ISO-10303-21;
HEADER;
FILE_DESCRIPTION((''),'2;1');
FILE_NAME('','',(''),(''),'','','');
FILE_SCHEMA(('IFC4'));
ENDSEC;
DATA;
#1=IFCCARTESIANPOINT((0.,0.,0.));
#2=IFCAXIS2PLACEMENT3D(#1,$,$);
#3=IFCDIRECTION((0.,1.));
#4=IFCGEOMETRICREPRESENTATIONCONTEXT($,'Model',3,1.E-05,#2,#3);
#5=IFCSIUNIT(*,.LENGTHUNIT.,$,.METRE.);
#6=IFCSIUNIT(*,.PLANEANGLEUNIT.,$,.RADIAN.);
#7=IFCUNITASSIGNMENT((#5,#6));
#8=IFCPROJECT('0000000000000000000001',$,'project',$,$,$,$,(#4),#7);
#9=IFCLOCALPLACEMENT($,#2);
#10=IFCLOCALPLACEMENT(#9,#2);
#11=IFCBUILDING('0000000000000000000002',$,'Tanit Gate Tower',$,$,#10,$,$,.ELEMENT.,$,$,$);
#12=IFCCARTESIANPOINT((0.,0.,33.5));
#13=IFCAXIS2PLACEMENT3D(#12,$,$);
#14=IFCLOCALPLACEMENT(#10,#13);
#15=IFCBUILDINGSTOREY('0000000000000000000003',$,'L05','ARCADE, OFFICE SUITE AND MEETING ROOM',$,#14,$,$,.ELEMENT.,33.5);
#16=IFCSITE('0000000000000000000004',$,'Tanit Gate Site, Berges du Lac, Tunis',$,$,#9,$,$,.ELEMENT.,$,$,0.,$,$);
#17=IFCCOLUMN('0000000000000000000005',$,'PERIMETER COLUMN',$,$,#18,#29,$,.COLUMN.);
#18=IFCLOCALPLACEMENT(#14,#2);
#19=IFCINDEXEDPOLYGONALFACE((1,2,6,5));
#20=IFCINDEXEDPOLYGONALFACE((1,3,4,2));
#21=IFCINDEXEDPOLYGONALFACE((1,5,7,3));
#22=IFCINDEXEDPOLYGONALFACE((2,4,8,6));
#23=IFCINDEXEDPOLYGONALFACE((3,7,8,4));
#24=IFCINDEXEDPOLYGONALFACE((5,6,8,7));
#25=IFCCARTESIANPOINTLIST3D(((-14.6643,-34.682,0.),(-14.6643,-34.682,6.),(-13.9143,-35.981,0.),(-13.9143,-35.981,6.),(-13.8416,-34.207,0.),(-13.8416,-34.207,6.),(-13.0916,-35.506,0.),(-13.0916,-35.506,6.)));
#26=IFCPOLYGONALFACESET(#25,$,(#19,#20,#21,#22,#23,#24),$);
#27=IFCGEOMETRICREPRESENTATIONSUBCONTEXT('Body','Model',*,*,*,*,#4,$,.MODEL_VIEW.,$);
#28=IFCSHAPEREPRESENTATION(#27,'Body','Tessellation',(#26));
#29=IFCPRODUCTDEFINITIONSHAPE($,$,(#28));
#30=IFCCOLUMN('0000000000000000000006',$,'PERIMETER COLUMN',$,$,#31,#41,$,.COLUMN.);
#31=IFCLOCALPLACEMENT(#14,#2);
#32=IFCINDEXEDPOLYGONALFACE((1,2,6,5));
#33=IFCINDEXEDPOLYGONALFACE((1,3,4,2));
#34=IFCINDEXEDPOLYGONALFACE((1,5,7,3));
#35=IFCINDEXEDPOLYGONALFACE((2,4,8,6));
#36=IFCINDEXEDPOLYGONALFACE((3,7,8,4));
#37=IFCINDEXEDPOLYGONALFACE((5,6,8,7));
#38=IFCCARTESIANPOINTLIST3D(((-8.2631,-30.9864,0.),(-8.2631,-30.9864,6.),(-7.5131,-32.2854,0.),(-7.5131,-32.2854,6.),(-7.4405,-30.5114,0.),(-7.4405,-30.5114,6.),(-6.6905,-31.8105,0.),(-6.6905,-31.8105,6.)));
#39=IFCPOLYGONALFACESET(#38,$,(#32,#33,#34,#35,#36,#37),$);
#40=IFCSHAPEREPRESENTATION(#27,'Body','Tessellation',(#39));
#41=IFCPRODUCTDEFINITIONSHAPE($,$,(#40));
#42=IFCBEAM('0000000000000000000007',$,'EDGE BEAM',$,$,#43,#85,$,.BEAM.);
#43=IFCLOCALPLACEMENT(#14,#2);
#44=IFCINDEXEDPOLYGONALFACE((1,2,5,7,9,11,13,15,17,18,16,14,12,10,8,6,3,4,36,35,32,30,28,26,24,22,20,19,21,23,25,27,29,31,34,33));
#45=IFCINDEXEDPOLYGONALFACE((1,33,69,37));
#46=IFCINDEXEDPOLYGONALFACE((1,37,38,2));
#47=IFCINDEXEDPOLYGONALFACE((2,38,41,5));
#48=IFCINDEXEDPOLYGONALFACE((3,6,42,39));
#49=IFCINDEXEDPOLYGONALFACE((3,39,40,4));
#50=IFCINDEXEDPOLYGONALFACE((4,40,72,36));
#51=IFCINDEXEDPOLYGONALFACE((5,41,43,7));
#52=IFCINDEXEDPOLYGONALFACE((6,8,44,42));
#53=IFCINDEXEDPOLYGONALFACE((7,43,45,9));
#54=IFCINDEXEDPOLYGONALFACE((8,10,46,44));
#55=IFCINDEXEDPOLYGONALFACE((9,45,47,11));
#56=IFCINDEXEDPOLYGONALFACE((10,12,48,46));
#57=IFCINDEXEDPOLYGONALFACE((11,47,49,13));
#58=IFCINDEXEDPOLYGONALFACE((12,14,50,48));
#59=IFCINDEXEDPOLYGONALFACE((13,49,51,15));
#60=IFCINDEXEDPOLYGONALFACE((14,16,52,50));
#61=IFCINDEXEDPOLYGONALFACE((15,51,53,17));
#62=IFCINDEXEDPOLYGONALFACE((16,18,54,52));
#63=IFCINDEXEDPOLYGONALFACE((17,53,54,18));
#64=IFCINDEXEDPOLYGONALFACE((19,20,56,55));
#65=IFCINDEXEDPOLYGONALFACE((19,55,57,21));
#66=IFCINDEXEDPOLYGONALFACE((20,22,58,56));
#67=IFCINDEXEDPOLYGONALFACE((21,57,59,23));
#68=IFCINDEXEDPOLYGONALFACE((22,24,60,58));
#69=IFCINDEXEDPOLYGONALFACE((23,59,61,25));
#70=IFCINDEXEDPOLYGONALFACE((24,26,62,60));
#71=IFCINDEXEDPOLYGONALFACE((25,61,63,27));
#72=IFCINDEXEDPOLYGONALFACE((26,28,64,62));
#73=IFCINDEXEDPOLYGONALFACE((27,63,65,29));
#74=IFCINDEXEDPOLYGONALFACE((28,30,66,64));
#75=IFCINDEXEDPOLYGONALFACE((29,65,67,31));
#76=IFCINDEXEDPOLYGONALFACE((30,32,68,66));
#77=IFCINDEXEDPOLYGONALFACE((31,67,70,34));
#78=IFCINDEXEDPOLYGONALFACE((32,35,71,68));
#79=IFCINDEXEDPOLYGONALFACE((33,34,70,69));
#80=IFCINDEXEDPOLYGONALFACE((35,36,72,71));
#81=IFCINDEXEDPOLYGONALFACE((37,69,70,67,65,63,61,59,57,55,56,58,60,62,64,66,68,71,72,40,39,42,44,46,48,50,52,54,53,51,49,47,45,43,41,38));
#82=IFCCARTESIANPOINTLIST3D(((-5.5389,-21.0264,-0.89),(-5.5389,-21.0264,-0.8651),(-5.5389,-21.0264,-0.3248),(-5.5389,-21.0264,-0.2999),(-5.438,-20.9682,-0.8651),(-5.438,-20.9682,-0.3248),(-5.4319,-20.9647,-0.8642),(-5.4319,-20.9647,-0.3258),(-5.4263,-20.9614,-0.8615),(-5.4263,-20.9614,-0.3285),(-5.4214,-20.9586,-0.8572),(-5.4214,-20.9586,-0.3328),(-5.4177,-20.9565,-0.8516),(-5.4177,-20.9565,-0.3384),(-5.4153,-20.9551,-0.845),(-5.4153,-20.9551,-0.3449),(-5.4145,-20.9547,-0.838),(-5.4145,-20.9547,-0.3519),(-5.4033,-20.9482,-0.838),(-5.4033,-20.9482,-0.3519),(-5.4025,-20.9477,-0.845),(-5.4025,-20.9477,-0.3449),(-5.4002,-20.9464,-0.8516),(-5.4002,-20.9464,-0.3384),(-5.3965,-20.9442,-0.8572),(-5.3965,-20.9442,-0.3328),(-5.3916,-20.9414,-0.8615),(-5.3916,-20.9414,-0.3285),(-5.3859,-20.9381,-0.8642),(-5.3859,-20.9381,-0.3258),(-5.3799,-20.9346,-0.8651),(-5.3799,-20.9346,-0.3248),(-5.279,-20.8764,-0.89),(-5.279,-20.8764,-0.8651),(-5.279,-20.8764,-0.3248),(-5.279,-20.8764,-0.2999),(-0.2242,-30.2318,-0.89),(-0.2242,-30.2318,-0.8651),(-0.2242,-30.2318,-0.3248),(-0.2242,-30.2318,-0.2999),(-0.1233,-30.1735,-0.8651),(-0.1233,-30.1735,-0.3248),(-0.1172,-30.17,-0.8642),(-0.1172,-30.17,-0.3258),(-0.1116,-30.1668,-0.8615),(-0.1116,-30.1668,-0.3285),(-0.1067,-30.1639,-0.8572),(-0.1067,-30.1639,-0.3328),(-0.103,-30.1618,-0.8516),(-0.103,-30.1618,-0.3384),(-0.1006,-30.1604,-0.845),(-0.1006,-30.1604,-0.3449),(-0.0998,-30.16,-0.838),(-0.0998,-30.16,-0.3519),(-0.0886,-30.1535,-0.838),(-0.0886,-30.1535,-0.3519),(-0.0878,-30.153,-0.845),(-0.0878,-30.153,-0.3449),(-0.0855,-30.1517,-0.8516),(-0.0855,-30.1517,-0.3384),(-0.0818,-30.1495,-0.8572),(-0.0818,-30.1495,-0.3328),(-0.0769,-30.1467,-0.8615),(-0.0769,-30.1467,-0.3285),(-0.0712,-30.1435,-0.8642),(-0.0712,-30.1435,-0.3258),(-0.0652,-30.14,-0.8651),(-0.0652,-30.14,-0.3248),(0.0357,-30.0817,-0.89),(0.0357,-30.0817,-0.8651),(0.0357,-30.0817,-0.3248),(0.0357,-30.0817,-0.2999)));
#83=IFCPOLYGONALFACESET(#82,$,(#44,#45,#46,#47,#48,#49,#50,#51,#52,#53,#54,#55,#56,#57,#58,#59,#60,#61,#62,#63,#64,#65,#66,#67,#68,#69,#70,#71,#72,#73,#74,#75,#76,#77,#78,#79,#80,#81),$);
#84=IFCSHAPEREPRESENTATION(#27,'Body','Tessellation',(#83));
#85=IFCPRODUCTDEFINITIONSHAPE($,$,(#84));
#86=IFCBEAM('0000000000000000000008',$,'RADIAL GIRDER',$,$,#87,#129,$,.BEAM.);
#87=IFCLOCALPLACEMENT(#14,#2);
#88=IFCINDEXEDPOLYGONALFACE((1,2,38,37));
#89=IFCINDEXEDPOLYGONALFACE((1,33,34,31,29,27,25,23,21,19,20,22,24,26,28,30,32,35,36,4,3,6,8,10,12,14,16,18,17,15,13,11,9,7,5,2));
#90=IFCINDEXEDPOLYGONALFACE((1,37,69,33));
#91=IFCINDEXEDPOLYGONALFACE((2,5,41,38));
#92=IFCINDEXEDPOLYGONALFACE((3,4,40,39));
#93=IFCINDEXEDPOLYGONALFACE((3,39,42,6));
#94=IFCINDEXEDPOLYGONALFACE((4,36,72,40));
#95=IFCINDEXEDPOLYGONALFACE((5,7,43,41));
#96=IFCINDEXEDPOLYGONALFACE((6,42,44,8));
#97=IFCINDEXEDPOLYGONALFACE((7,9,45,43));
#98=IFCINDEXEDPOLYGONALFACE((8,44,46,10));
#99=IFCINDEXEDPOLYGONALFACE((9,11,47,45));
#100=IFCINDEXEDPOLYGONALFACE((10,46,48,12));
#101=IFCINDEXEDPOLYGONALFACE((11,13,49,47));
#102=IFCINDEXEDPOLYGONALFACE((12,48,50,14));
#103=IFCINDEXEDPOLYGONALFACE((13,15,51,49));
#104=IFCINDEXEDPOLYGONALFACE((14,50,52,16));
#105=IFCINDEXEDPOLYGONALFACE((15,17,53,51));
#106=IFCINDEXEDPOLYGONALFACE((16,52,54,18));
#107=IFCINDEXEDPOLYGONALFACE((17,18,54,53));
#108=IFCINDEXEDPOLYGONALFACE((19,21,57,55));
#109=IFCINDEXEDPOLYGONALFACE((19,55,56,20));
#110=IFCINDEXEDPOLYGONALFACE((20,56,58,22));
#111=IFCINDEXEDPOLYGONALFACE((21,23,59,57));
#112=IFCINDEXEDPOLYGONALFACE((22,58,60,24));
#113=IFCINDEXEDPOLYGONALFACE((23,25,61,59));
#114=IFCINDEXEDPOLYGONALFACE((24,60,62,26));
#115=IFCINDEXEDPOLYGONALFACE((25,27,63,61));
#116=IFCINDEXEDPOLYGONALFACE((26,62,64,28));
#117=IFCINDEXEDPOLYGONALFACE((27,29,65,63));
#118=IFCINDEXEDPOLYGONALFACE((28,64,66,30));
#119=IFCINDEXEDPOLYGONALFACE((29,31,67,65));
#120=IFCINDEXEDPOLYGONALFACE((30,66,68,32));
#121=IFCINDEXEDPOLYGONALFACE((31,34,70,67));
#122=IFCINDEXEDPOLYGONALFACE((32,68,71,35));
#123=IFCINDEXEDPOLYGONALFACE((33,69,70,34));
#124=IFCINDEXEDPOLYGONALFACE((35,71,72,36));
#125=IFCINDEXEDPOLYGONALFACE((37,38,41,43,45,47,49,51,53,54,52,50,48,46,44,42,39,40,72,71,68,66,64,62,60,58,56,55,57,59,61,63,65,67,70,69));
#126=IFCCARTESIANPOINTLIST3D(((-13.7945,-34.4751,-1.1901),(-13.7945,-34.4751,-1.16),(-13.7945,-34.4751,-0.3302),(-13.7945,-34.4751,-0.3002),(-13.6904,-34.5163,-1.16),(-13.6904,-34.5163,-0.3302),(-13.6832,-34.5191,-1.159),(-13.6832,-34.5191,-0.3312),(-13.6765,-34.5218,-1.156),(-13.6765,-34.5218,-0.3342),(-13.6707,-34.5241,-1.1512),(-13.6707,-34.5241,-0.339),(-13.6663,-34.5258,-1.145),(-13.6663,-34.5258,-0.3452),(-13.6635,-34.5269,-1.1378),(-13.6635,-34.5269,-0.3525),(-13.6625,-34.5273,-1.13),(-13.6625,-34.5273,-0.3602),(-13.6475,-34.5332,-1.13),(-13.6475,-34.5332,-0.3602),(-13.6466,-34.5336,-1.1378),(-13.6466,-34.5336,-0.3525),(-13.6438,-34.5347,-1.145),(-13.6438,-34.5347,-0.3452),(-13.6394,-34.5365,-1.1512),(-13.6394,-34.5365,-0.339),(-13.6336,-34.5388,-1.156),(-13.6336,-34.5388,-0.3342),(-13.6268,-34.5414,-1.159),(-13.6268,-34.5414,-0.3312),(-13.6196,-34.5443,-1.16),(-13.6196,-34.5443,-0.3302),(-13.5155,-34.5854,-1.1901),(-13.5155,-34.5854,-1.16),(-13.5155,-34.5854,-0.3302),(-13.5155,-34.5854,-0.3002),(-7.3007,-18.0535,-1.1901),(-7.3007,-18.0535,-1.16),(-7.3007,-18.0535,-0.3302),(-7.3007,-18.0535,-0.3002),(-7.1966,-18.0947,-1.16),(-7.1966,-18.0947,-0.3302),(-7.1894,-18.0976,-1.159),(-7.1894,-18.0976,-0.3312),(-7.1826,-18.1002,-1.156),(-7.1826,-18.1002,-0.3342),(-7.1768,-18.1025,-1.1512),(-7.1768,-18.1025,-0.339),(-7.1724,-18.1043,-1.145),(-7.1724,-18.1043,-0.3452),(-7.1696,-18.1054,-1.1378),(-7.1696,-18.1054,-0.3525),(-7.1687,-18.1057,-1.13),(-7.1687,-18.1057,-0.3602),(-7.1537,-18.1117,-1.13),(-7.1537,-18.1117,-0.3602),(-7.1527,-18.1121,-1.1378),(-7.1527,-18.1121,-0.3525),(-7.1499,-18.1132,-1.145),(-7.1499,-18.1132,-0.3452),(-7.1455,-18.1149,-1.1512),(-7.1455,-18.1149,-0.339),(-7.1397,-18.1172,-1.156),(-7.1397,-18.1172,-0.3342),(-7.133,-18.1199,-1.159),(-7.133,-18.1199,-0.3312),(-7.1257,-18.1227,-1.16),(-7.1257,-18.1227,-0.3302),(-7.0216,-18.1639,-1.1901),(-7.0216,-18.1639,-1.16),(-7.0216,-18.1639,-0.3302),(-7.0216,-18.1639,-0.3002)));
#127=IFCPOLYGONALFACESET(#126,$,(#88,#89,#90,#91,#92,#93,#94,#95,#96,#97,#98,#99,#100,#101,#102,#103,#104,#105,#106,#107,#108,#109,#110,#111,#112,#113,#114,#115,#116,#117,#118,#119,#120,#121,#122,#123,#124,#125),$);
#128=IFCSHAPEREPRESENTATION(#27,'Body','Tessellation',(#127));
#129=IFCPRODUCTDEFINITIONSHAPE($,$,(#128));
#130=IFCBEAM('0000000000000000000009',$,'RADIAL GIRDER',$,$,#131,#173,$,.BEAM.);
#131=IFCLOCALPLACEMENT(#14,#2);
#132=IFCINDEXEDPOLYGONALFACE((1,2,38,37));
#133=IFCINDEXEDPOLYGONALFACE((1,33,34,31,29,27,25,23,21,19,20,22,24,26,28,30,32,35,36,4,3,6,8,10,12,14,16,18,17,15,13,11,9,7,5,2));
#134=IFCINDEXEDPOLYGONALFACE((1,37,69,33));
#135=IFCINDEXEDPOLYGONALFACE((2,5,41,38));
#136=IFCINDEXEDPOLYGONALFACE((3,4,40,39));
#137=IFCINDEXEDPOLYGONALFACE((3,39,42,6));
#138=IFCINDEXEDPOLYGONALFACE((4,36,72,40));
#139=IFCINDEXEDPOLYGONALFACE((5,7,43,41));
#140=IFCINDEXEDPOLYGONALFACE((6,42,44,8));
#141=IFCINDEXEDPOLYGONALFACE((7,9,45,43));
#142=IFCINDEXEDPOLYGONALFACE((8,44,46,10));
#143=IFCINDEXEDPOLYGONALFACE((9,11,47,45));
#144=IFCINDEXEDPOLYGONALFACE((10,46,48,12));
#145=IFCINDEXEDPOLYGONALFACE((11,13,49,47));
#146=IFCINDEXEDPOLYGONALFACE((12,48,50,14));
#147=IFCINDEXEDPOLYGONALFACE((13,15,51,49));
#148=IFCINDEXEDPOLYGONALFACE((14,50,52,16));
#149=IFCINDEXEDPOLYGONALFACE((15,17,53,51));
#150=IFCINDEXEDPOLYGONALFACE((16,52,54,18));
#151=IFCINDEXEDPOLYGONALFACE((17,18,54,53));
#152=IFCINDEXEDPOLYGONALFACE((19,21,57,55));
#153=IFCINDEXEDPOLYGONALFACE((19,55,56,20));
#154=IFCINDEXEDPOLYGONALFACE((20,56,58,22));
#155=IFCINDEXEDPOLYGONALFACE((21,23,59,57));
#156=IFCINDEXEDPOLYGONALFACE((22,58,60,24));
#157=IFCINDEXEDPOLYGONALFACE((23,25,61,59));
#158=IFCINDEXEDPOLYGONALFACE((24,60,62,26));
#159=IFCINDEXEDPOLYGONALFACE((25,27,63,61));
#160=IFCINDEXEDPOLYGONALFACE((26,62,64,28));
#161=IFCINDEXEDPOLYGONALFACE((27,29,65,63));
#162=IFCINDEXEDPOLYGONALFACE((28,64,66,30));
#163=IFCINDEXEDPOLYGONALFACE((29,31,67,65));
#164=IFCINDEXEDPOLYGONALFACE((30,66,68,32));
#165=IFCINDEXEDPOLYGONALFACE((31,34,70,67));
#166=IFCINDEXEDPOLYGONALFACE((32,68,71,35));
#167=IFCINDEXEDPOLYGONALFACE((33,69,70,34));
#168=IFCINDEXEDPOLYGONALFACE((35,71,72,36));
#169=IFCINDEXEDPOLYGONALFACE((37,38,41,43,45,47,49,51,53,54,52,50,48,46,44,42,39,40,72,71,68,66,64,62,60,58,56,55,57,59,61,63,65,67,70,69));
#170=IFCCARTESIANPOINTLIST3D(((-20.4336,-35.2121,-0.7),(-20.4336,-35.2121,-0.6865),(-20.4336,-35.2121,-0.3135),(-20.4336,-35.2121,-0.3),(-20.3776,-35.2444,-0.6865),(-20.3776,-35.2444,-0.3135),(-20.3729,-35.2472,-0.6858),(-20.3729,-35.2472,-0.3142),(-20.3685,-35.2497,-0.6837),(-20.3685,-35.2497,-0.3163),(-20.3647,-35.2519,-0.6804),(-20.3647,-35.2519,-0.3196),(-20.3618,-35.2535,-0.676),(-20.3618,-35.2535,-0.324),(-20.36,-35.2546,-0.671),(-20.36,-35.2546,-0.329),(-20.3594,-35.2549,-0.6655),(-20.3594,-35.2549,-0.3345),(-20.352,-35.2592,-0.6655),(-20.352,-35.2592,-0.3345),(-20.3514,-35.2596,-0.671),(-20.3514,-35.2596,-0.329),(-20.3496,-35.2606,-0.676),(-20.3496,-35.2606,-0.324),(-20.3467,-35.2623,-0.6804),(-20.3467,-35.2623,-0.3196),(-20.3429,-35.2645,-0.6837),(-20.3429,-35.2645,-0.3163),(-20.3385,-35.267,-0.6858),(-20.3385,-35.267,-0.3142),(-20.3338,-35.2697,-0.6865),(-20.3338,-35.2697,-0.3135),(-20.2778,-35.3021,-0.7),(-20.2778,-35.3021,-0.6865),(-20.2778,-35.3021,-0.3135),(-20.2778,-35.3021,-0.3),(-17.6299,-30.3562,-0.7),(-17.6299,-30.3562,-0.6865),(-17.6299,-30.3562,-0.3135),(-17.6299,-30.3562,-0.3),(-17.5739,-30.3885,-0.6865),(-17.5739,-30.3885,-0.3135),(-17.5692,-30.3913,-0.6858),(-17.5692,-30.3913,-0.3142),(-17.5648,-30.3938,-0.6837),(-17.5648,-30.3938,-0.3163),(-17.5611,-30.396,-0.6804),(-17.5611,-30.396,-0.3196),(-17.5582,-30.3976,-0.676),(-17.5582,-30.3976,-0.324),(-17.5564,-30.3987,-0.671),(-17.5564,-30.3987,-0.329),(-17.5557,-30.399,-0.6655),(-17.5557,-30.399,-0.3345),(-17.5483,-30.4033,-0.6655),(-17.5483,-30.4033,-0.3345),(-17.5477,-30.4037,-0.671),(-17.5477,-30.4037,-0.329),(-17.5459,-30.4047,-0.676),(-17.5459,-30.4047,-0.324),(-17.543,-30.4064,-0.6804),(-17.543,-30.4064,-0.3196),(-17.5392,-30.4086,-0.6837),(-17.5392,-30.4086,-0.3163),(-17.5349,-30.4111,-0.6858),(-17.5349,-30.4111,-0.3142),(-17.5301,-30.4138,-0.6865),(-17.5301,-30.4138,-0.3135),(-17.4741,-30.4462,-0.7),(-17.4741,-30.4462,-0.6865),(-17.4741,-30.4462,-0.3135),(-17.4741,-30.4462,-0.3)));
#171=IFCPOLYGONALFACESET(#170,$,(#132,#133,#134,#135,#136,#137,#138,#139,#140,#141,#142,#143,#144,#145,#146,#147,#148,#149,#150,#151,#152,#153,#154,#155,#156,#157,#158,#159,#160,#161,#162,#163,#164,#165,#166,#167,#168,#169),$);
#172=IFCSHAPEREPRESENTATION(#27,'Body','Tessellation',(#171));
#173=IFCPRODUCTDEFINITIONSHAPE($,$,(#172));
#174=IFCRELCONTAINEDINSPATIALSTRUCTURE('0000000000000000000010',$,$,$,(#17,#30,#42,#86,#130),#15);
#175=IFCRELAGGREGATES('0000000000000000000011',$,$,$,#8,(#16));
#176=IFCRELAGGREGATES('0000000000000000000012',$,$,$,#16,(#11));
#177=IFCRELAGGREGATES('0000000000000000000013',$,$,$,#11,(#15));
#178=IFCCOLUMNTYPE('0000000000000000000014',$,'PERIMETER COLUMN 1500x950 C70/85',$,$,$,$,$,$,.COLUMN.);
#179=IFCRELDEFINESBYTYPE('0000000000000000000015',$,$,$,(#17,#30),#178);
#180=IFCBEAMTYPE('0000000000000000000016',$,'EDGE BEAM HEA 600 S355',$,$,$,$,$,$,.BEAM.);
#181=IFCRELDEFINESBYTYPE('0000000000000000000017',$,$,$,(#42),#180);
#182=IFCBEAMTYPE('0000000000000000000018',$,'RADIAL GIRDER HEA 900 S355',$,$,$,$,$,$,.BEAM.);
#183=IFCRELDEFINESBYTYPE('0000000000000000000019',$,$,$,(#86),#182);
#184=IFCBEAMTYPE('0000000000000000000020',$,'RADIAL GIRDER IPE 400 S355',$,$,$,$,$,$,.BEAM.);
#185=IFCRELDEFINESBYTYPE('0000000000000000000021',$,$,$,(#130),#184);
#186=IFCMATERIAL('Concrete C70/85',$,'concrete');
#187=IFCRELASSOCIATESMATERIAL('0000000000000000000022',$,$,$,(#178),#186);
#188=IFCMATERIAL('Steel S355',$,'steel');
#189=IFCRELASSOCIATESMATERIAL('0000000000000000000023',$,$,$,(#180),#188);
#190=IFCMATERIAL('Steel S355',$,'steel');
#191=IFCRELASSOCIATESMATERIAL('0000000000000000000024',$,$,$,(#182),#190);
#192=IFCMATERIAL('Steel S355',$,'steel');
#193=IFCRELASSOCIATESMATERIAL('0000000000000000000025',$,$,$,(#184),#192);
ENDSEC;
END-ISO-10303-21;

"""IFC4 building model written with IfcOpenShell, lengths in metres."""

from ifc_helpers import new_model, si_unit, direction, frame, origin, origin_2d, place, context, subcontext, project, spatial, rectangle, i_section, extrude, material, material_profile, profile_set, type_object, element, save


model = new_model("IFC4")

# Units and contexts
model_context = context("Model", 3, precision=1e-05, world=origin(), true_north=direction((0.0, 1.0)))
body_context = subcontext(model_context, "Body", "Model", "MODEL_VIEW")
ifc_project = project(units=[si_unit("LENGTHUNIT", "METRE"), si_unit("PLANEANGLEUNIT", "RADIAN")], contexts=[model_context])

# Site, building, storey
site_placement = place(None, origin())
site = spatial("IfcSite", under=ifc_project, at=site_placement, Name="Tanit Gate Site, Berges du Lac, Tunis", CompositionType="ELEMENT", RefElevation=0.0)
building_placement = place(site_placement, origin())
building = spatial("IfcBuilding", under=site, at=building_placement, Name="Tanit Gate Tower", CompositionType="ELEMENT")
storey_placement = place(building_placement, frame((0.0, 0.0, 33.5)))
storey = spatial("IfcBuildingStorey", under=building, at=storey_placement, Name="L05", Description="ARCADE, OFFICE SUITE AND MEETING ROOM", CompositionType="ELEMENT", Elevation=33.5)

# Columns
ifc_material_1 = material(Name="Concrete C70/85", Category="concrete")
ifc_material_profile_1 = material_profile(ifc_material_1, rectangle(XDim=1.5, YDim=0.95, at=origin_2d()), Name="RC 1500x950")
ifc_profile_set_1 = profile_set([ifc_material_profile_1], Name="Concrete C70/85")
column_type = type_object("IfcColumnType", Name="PERIMETER COLUMN 1500x950 C70/85", PredefinedType="COLUMN", material=ifc_profile_set_1)
for number, where, z_axis, x_axis, name in (
    (1, (-13.8779, -35.094, 0.0), (0.0, 0.0, 1.0), (0.5, -0.866025, 0.0), "PERIMETER COLUMN"),
    (2, (-7.4768, -31.3984, 0.0), (0.0, 0.0, 1.0), (0.5, -0.866025, 0.0), "PERIMETER COLUMN"),
):
    element("IfcColumn", number, at=place(storey_placement, frame(where, z_axis=z_axis, x_axis=x_axis)), inside=storey, type_object=column_type, Name=name, PredefinedType="COLUMN", context=body_context, shape_type="SweptSolid", body=[
        extrude(rectangle(XDim=1.5, YDim=0.95, at=origin_2d()), origin(), (0.0, 0.0, 1.0), 6.0),
    ])

# Beams
ifc_material_2 = material(Name="Steel S355", Category="steel")
ifc_material_profile_2 = material_profile(ifc_material_2, i_section(OverallWidth=0.3, OverallDepth=0.5901, WebThickness=0.0129, FlangeThickness=0.0249, FilletRadius=0.0271, at=origin_2d()), Name="HEA 600")
ifc_profile_set_2 = profile_set([ifc_material_profile_2], Name="Steel S355")
beam_type_1 = type_object("IfcBeamType", Name="EDGE BEAM HEA 600 S355", PredefinedType="BEAM", material=ifc_profile_set_2)
beam_1_placement = place(storey_placement, frame((-5.4089, -20.9514, -0.595), z_axis=(0.5, -0.866025, 0.0), x_axis=(0.866025, 0.5, 0.0)))
element("IfcBeam", 3, at=beam_1_placement, inside=storey, type_object=beam_type_1, Name="EDGE BEAM", PredefinedType="BEAM", context=body_context, shape_type="SweptSolid", body=[
    extrude(i_section(OverallWidth=0.3, OverallDepth=0.5901, WebThickness=0.0129, FlangeThickness=0.0249, FilletRadius=0.0271, at=origin_2d()), origin(), (0.0, 0.0, 1.0), 10.6294),
])
ifc_material_3 = material(Name="Steel S355", Category="steel")
ifc_material_profile_3 = material_profile(ifc_material_3, i_section(OverallWidth=0.3, OverallDepth=0.8899, WebThickness=0.0161, FlangeThickness=0.03, FilletRadius=0.03, at=origin_2d()), Name="HEA 900")
ifc_profile_set_3 = profile_set([ifc_material_profile_3], Name="Steel S355")
beam_type_2 = type_object("IfcBeamType", Name="RADIAL GIRDER HEA 900 S355", PredefinedType="BEAM", material=ifc_profile_set_3)
beam_2_placement = place(storey_placement, frame((-13.655, -34.5303, -0.7451), z_axis=(0.367738, 0.929929, 0.0), x_axis=(-0.929929, 0.367738, 0.0)))
element("IfcBeam", 4, at=beam_2_placement, inside=storey, type_object=beam_type_2, Name="RADIAL GIRDER", PredefinedType="BEAM", context=body_context, shape_type="SweptSolid", body=[
    extrude(i_section(OverallWidth=0.3, OverallDepth=0.8899, WebThickness=0.0161, FlangeThickness=0.03, FilletRadius=0.03, at=origin_2d()), origin(), (0.0, 0.0, 1.0), 17.6589),
])
ifc_material_4 = material(Name="Steel S355", Category="steel")
ifc_material_profile_4 = material_profile(ifc_material_4, i_section(OverallWidth=0.1799, OverallDepth=0.3999, WebThickness=0.0085, FlangeThickness=0.0134, FilletRadius=0.021, at=origin_2d()), Name="IPE 400")
ifc_profile_set_4 = profile_set([ifc_material_profile_4], Name="Steel S355")
beam_type_3 = type_object("IfcBeamType", Name="RADIAL GIRDER IPE 400 S355", PredefinedType="BEAM", material=ifc_profile_set_4)
beam_3_placement = place(storey_placement, frame((-20.3557, -35.2571, -0.5), z_axis=(0.500016, 0.866016, 0.0), x_axis=(-0.866016, 0.500016, 0.0)))
element("IfcBeam", 5, at=beam_3_placement, inside=storey, type_object=beam_type_3, Name="RADIAL GIRDER", PredefinedType="BEAM", context=body_context, shape_type="SweptSolid", body=[
    extrude(i_section(OverallWidth=0.1799, OverallDepth=0.3999, WebThickness=0.0085, FlangeThickness=0.0134, FilletRadius=0.021, at=origin_2d()), origin(), (0.0, 0.0, 1.0), 5.6072),
])

save(model, "model.ifc")
